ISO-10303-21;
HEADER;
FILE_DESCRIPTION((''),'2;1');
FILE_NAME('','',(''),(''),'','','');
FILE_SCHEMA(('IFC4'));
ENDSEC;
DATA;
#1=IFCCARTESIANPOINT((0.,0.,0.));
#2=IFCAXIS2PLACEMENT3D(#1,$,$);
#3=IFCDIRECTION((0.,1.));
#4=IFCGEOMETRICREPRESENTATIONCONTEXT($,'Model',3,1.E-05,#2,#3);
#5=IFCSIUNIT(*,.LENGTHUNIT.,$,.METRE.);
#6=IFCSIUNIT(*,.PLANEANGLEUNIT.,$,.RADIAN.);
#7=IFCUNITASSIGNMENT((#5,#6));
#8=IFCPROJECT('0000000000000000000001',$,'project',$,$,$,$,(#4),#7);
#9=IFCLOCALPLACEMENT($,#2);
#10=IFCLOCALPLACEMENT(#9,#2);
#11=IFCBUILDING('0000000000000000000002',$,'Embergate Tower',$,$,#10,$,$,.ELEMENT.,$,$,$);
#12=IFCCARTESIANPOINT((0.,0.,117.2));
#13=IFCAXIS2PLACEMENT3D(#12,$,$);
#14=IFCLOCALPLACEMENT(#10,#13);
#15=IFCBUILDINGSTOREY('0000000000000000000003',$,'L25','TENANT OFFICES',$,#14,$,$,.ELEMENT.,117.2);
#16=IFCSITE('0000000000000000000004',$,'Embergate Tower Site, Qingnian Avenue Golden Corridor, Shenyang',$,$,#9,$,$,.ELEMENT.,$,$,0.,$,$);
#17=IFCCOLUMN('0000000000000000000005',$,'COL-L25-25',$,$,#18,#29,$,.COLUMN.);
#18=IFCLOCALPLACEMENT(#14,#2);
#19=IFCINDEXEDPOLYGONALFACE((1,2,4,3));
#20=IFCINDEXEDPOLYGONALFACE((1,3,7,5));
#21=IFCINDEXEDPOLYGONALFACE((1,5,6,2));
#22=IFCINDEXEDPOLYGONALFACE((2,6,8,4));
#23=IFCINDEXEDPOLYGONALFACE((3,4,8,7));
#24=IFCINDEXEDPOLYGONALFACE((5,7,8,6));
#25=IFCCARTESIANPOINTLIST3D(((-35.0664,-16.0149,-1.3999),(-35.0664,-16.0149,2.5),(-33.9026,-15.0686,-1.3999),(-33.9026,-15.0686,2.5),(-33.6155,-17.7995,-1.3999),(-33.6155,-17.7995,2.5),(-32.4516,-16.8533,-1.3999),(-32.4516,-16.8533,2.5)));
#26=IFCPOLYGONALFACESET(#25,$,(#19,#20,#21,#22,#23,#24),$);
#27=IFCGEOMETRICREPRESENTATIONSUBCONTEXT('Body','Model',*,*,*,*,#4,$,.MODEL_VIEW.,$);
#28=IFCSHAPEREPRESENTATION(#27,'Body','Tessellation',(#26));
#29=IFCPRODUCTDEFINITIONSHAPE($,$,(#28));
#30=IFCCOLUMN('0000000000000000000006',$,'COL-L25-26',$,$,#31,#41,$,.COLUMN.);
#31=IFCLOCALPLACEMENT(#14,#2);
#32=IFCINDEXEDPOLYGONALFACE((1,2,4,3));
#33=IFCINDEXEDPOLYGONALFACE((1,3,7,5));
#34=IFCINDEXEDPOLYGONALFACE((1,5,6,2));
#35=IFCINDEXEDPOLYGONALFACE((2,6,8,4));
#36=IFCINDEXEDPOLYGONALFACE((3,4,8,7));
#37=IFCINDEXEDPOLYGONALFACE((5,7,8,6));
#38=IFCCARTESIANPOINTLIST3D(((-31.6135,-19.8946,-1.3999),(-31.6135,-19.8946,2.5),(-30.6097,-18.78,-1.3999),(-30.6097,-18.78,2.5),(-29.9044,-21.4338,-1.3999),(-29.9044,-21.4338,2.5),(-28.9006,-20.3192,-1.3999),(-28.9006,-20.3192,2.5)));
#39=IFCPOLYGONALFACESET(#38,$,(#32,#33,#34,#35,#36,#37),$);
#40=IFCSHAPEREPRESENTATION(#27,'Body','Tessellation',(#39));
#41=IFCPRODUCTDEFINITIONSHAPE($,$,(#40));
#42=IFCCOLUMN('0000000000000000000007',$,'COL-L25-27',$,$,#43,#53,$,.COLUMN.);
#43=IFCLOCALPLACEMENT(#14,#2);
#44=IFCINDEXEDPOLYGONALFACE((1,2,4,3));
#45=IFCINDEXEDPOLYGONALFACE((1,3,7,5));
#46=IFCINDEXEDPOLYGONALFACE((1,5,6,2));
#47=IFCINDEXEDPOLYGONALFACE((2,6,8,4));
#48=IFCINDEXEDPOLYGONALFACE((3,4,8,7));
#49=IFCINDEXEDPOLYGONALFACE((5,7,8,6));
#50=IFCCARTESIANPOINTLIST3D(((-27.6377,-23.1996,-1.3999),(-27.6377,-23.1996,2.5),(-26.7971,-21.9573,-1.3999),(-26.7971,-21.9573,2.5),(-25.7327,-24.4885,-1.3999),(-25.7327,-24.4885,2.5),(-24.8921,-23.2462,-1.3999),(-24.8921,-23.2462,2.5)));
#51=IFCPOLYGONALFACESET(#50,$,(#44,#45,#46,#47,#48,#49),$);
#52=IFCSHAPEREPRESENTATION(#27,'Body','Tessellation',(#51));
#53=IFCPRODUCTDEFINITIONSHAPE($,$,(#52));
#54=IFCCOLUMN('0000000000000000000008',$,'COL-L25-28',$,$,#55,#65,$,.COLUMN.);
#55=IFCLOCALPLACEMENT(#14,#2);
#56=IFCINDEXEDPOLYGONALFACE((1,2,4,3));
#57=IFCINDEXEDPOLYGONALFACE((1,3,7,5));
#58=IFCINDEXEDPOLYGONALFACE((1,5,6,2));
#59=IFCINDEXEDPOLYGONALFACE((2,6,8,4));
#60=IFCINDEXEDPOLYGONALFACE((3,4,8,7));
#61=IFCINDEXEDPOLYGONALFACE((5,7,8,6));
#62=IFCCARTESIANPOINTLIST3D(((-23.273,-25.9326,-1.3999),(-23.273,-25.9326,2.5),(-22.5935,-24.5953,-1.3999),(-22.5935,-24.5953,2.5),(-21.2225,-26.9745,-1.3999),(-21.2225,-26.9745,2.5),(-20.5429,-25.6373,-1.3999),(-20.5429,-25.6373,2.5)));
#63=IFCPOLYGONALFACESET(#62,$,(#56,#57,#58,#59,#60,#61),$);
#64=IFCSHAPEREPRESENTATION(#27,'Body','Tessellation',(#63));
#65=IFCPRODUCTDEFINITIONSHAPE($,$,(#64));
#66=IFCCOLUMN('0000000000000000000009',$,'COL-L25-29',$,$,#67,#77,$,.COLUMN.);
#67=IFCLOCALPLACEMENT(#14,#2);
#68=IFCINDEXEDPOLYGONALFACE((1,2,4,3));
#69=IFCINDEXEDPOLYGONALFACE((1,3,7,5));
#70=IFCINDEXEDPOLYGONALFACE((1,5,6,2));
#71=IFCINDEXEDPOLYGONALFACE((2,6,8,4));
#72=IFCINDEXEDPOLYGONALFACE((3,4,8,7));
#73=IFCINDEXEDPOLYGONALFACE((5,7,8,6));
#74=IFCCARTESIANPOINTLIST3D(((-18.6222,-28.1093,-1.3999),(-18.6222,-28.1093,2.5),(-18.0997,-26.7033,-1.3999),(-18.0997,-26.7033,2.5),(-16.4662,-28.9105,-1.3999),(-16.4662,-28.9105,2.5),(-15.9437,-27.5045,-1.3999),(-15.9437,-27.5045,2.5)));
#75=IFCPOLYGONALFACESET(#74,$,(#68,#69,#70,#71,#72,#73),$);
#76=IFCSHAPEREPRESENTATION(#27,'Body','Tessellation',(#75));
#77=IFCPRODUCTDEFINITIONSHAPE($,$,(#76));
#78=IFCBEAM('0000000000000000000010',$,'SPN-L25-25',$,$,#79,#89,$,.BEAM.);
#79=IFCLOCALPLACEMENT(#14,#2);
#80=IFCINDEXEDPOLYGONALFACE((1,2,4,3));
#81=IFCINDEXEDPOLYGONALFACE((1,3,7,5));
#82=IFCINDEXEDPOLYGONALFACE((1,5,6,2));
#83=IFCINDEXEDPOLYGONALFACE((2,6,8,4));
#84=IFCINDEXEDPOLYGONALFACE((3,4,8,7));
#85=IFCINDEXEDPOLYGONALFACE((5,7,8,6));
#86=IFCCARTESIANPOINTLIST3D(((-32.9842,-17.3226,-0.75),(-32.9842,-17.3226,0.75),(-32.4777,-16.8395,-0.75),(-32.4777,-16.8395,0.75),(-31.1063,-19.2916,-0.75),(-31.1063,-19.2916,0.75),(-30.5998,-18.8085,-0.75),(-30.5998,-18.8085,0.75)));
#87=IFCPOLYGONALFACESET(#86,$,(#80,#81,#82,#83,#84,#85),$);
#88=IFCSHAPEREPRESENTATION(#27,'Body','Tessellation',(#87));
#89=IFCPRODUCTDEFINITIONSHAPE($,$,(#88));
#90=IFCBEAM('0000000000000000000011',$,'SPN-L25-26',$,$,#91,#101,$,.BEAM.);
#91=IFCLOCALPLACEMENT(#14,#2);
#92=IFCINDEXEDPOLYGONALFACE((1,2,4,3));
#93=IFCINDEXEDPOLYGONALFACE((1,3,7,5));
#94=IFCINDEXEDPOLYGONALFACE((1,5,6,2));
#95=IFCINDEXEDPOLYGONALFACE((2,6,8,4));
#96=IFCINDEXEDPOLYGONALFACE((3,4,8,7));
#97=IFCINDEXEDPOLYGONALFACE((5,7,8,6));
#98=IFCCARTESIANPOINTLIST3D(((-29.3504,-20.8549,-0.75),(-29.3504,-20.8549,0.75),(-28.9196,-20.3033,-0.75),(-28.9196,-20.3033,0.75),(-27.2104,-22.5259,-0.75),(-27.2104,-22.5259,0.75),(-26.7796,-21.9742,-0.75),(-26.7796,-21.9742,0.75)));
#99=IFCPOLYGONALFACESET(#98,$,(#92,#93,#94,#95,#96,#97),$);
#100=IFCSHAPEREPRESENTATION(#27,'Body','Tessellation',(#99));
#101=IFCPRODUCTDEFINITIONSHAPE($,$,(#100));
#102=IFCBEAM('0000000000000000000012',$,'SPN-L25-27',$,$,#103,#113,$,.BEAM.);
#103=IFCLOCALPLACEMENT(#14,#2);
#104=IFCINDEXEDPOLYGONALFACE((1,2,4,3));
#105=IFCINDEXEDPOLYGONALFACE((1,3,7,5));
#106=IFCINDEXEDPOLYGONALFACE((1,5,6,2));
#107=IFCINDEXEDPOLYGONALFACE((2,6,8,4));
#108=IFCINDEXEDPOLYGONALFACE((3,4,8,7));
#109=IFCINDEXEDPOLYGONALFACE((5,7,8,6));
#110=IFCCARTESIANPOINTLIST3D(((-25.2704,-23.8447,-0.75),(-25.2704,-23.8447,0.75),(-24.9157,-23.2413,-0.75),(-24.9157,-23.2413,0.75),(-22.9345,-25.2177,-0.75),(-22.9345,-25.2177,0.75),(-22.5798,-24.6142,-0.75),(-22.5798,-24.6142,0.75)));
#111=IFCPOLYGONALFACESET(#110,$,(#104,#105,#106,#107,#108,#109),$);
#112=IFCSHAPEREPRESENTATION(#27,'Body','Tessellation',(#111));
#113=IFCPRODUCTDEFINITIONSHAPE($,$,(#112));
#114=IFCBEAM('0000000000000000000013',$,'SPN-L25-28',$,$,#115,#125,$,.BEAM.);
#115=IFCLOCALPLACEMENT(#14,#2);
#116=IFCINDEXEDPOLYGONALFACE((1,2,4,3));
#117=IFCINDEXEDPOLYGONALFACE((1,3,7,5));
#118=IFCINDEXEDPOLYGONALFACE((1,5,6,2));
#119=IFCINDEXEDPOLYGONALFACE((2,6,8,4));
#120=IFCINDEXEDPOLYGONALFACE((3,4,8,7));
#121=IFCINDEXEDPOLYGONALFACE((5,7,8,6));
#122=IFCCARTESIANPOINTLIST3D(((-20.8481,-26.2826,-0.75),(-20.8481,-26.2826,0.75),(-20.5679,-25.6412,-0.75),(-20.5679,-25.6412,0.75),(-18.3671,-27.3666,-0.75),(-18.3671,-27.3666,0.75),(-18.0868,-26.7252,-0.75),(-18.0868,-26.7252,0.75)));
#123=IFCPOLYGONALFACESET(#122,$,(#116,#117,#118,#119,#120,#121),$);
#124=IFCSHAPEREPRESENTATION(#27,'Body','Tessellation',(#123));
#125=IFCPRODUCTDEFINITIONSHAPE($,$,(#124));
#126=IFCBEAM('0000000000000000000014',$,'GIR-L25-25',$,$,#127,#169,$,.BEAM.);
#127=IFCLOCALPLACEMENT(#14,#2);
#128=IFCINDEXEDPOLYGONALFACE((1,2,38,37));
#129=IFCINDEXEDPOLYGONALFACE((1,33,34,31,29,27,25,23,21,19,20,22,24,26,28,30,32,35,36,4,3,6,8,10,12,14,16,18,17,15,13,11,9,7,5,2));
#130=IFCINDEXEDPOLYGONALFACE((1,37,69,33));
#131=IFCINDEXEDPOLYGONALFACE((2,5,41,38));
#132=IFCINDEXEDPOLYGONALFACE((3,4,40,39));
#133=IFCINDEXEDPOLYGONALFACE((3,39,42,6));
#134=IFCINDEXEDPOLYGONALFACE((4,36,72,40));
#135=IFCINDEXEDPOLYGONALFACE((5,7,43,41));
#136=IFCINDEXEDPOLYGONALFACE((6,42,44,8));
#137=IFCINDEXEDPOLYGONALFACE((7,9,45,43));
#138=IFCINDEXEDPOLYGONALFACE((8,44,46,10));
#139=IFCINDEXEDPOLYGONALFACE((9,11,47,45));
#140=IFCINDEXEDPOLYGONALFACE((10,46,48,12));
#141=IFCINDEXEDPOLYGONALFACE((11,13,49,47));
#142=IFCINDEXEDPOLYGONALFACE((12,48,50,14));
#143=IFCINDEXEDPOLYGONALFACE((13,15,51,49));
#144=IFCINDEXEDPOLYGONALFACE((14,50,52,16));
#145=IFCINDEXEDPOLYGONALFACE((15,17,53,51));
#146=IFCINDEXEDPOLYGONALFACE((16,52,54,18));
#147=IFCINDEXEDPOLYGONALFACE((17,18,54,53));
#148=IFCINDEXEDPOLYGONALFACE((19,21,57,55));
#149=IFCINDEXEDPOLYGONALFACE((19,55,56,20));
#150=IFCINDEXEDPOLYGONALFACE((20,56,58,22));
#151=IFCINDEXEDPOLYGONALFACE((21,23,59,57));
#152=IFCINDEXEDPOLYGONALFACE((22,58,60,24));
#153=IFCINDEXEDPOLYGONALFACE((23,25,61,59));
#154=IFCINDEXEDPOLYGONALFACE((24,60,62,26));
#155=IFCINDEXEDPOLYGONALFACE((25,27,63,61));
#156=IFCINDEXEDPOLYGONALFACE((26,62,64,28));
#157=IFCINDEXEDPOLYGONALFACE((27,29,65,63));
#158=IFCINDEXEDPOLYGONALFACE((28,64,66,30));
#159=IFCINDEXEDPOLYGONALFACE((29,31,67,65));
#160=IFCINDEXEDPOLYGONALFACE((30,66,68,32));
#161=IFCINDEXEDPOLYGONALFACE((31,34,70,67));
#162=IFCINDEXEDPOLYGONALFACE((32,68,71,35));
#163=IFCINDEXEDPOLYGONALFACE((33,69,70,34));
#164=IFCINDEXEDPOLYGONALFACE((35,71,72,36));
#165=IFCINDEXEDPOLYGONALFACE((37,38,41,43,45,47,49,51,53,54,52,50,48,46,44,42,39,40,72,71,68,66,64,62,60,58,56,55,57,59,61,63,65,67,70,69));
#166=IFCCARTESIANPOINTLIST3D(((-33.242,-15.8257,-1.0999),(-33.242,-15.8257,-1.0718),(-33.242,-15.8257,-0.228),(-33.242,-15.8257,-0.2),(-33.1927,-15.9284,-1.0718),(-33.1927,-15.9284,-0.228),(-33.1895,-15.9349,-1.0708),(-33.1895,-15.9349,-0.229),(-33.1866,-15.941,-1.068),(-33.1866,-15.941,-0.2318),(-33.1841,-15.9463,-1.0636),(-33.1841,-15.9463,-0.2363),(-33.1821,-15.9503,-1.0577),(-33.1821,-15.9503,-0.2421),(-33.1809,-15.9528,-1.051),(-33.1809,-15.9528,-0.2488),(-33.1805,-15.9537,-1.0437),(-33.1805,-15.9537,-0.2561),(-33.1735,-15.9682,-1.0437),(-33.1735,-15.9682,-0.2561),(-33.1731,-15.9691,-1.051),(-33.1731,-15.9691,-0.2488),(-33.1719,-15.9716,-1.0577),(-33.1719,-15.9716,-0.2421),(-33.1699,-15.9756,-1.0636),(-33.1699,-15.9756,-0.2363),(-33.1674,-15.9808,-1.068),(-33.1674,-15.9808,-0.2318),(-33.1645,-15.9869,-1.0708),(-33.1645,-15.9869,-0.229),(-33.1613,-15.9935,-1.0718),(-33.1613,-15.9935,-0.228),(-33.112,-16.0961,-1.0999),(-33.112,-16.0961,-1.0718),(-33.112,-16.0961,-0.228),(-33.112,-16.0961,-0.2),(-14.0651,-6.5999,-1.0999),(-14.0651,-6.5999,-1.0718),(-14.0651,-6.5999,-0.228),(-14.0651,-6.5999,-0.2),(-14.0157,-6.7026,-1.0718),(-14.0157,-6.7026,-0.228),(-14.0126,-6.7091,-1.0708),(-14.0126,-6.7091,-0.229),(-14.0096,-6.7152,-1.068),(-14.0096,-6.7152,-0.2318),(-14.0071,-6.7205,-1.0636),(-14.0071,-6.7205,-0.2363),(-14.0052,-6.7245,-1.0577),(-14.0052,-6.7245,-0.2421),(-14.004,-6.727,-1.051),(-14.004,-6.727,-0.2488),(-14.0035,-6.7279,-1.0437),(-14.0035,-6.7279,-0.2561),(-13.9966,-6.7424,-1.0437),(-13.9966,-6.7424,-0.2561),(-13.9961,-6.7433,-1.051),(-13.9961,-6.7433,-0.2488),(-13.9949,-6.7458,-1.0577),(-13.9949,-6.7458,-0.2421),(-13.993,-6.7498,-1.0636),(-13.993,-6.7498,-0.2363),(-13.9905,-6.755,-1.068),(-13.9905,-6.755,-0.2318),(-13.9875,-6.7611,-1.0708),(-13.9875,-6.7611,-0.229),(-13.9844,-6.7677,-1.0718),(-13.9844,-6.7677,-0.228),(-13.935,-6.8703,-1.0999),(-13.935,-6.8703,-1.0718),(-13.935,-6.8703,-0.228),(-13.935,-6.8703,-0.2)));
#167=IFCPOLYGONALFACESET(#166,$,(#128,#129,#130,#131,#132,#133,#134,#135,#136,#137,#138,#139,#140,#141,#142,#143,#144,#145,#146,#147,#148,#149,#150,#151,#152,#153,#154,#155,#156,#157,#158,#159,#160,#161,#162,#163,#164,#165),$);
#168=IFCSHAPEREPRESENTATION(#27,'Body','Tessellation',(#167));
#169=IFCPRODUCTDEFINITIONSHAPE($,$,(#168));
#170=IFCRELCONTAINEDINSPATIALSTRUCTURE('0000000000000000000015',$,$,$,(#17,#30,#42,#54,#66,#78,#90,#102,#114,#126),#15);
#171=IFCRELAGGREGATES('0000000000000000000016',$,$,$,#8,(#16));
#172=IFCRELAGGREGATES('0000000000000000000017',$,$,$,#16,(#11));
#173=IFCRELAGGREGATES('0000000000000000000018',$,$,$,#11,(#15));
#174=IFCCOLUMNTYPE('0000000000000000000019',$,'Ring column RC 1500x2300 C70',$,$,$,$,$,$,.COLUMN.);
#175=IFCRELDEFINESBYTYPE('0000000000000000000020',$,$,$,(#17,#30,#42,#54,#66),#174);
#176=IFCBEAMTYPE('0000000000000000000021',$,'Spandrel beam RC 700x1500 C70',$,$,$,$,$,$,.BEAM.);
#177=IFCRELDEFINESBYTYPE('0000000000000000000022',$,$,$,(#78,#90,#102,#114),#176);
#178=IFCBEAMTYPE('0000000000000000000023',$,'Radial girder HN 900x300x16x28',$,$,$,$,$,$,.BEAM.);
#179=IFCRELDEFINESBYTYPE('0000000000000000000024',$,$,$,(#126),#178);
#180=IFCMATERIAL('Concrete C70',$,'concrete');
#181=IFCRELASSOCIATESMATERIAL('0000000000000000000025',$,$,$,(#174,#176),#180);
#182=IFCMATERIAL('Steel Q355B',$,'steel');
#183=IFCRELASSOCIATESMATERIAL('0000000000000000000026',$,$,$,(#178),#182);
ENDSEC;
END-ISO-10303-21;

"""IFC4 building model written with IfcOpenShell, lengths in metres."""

from ifc_helpers import new_model, si_unit, direction, frame, origin, origin_2d, place, context, subcontext, project, spatial, rectangle, i_section, extrude, source, transform, mapped, material, material_profile, profile_set, type_object, element, save


model = new_model("IFC4")

# Units and contexts
model_context = context("Model", 3, precision=1e-05, world=origin(), true_north=direction((0.0, 1.0)))
body_context = subcontext(model_context, "Body", "Model", "MODEL_VIEW")
ifc_project = project(units=[si_unit("LENGTHUNIT", "METRE"), si_unit("PLANEANGLEUNIT", "RADIAN")], contexts=[model_context])

# Site, building, storey
site_placement = place(None, origin())
site = spatial("IfcSite", under=ifc_project, at=site_placement, Name="Embergate Tower Site, Qingnian Avenue Golden Corridor, Shenyang", CompositionType="ELEMENT", RefElevation=0.0)
building_placement = place(site_placement, origin())
building = spatial("IfcBuilding", under=site, at=building_placement, Name="Embergate Tower", CompositionType="ELEMENT")
storey_placement = place(building_placement, frame((0.0, 0.0, 117.2)))
storey = spatial("IfcBuildingStorey", under=building, at=storey_placement, Name="L25", Description="TENANT OFFICES", CompositionType="ELEMENT", Elevation=117.2)

# Columns
ifc_material_1 = material(Name="Concrete C70", Category="concrete")
ifc_material_profile_1 = material_profile(ifc_material_1, rectangle(XDim=1.5, YDim=2.3, at=origin_2d()), Name="RC 1500x2300")
ifc_profile_set_1 = profile_set([ifc_material_profile_1], Name="Concrete C70")
column_type = type_object("IfcColumnType", Name="Ring column RC 1500x2300 C70", PredefinedType="COLUMN", material=ifc_profile_set_1)
shared_shape_1 = source(origin(), body_context, "Body", "SweptSolid", [
    extrude(rectangle(XDim=1.5, YDim=2.3, at=origin_2d()), origin(), (0.0, 0.0, 1.0), 3.8999),
])
for number, where, z_axis, x_axis, name in (
    (1, (-33.759, -16.4341, -1.3999), (0.0, 0.0, 1.0), (-0.775925, -0.630825, 0.0), "COL-L25-25"),
    (2, (-30.2571, -20.1069, -1.3999), (0.0, 0.0, 1.0), (-0.669208, -0.743075, 0.0), "COL-L25-26"),
    (3, (-26.2649, -23.2229, -1.3999), (0.0, 0.0, 1.0), (-0.560393, -0.828227, 0.0), "COL-L25-27"),
    (4, (-21.908, -25.7849, -1.3999), (0.0, 0.0, 1.0), (-0.453011, -0.891505, 0.0), "COL-L25-28"),
    (5, (-17.283, -27.8069, -1.3999), (0.0, 0.0, 1.0), (-0.348343, -0.937367, 0.0), "COL-L25-29"),
):
    element("IfcColumn", number, at=place(storey_placement, frame(where, z_axis=z_axis, x_axis=x_axis)), inside=storey, type_object=column_type, Name=name, PredefinedType="COLUMN", context=body_context, shape_type="MappedRepresentation", body=[
        mapped(shared_shape_1, transform((0.0, 0.0, 0.0))),
    ])

# Beams
ifc_material_profile_2 = material_profile(ifc_material_1, rectangle(XDim=0.7, YDim=1.5, at=origin_2d()), Name="RC 700x1500")
ifc_profile_set_2 = profile_set([ifc_material_profile_2], Name="Concrete C70")
beam_type_1 = type_object("IfcBeamType", Name="Spandrel beam RC 700x1500 C70", PredefinedType="BEAM", material=ifc_profile_set_2)
shared_shape_2 = source(origin(), body_context, "Body", "SweptSolid", [
    extrude(rectangle(XDim=0.7, YDim=1.5, at=origin_2d()), origin(), (0.0, 0.0, 1.0), 2.7209),
])
beam_1_placement = place(storey_placement, frame((-32.731, -17.0811, 0.0), z_axis=(0.690175, -0.723643, 0.0), x_axis=(0.723643, 0.690175, 0.0)))
element("IfcBeam", 6, at=beam_1_placement, inside=storey, type_object=beam_type_1, Name="SPN-L25-25", PredefinedType="BEAM", context=body_context, shape_type="MappedRepresentation", body=[
    mapped(shared_shape_2, transform((0.0, 0.0, 0.0))),
])
shared_shape_3 = source(origin(), body_context, "Body", "SweptSolid", [
    extrude(rectangle(XDim=0.7, YDim=1.5, at=origin_2d()), origin(), (0.0, 0.0, 1.0), 2.7151),
])
beam_2_placement = place(storey_placement, frame((-29.135, -20.5791, 0.0), z_axis=(0.788184, -0.61544, 0.0), x_axis=(0.61544, 0.788184, 0.0)))
element("IfcBeam", 7, at=beam_2_placement, inside=storey, type_object=beam_type_1, Name="SPN-L25-26", PredefinedType="BEAM", context=body_context, shape_type="MappedRepresentation", body=[
    mapped(shared_shape_3, transform((0.0, 0.0, 0.0))),
])
shared_shape_4 = source(origin(), body_context, "Body", "SweptSolid", [
    extrude(rectangle(XDim=0.7, YDim=1.5, at=origin_2d()), origin(), (0.0, 0.0, 1.0), 2.7095),
])
beam_3_placement = place(storey_placement, frame((-25.093, -23.543, 0.0), z_axis=(0.862101, -0.506737, 0.0), x_axis=(0.506737, 0.862101, 0.0)))
element("IfcBeam", 8, at=beam_3_placement, inside=storey, type_object=beam_type_1, Name="SPN-L25-27", PredefinedType="BEAM", context=body_context, shape_type="MappedRepresentation", body=[
    mapped(shared_shape_4, transform((0.0, 0.0, 0.0))),
])
shared_shape_5 = source(origin(), body_context, "Body", "SweptSolid", [
    extrude(rectangle(XDim=0.7, YDim=1.5, at=origin_2d()), origin(), (0.0, 0.0, 1.0), 2.7075),
])
beam_4_placement = place(storey_placement, frame((-20.708, -25.9619, 0.0), z_axis=(0.916352, -0.400374, 0.0), x_axis=(0.400374, 0.916352, 0.0)))
element("IfcBeam", 9, at=beam_4_placement, inside=storey, type_object=beam_type_1, Name="SPN-L25-28", PredefinedType="BEAM", context=body_context, shape_type="MappedRepresentation", body=[
    mapped(shared_shape_5, transform((0.0, 0.0, 0.0))),
])
ifc_material_2 = material(Name="Steel Q355B", Category="steel")
ifc_material_profile_3 = material_profile(ifc_material_2, i_section(OverallWidth=0.3, OverallDepth=0.8999, WebThickness=0.0161, FlangeThickness=0.0281, FilletRadius=0.0281, at=origin_2d()), Name="HN 900x300x16x28")
ifc_profile_set_3 = profile_set([ifc_material_profile_3], Name="Steel Q355 grade B")
beam_type_2 = type_object("IfcBeamType", Name="Radial girder HN 900x300x16x28", PredefinedType="BEAM", material=ifc_profile_set_3)
shared_shape_6 = source(origin(), body_context, "Body", "SweptSolid", [
    extrude(i_section(OverallWidth=0.3, OverallDepth=0.8999, WebThickness=0.0161, FlangeThickness=0.0281, FilletRadius=0.0281, at=origin_2d()), origin(), (0.0, 0.0, 1.0), 21.2808),
])
beam_5_placement = place(storey_placement, frame((-33.177, -15.9609, -0.6499), z_axis=(0.90114, 0.433528, 0.0), x_axis=(-0.433528, 0.90114, 0.0)))
element("IfcBeam", 10, at=beam_5_placement, inside=storey, type_object=beam_type_2, Name="GIR-L25-25", PredefinedType="BEAM", context=body_context, shape_type="MappedRepresentation", body=[
    mapped(shared_shape_6, transform((0.0, 0.0, 0.0))),
])

save(model, "model.ifc")
